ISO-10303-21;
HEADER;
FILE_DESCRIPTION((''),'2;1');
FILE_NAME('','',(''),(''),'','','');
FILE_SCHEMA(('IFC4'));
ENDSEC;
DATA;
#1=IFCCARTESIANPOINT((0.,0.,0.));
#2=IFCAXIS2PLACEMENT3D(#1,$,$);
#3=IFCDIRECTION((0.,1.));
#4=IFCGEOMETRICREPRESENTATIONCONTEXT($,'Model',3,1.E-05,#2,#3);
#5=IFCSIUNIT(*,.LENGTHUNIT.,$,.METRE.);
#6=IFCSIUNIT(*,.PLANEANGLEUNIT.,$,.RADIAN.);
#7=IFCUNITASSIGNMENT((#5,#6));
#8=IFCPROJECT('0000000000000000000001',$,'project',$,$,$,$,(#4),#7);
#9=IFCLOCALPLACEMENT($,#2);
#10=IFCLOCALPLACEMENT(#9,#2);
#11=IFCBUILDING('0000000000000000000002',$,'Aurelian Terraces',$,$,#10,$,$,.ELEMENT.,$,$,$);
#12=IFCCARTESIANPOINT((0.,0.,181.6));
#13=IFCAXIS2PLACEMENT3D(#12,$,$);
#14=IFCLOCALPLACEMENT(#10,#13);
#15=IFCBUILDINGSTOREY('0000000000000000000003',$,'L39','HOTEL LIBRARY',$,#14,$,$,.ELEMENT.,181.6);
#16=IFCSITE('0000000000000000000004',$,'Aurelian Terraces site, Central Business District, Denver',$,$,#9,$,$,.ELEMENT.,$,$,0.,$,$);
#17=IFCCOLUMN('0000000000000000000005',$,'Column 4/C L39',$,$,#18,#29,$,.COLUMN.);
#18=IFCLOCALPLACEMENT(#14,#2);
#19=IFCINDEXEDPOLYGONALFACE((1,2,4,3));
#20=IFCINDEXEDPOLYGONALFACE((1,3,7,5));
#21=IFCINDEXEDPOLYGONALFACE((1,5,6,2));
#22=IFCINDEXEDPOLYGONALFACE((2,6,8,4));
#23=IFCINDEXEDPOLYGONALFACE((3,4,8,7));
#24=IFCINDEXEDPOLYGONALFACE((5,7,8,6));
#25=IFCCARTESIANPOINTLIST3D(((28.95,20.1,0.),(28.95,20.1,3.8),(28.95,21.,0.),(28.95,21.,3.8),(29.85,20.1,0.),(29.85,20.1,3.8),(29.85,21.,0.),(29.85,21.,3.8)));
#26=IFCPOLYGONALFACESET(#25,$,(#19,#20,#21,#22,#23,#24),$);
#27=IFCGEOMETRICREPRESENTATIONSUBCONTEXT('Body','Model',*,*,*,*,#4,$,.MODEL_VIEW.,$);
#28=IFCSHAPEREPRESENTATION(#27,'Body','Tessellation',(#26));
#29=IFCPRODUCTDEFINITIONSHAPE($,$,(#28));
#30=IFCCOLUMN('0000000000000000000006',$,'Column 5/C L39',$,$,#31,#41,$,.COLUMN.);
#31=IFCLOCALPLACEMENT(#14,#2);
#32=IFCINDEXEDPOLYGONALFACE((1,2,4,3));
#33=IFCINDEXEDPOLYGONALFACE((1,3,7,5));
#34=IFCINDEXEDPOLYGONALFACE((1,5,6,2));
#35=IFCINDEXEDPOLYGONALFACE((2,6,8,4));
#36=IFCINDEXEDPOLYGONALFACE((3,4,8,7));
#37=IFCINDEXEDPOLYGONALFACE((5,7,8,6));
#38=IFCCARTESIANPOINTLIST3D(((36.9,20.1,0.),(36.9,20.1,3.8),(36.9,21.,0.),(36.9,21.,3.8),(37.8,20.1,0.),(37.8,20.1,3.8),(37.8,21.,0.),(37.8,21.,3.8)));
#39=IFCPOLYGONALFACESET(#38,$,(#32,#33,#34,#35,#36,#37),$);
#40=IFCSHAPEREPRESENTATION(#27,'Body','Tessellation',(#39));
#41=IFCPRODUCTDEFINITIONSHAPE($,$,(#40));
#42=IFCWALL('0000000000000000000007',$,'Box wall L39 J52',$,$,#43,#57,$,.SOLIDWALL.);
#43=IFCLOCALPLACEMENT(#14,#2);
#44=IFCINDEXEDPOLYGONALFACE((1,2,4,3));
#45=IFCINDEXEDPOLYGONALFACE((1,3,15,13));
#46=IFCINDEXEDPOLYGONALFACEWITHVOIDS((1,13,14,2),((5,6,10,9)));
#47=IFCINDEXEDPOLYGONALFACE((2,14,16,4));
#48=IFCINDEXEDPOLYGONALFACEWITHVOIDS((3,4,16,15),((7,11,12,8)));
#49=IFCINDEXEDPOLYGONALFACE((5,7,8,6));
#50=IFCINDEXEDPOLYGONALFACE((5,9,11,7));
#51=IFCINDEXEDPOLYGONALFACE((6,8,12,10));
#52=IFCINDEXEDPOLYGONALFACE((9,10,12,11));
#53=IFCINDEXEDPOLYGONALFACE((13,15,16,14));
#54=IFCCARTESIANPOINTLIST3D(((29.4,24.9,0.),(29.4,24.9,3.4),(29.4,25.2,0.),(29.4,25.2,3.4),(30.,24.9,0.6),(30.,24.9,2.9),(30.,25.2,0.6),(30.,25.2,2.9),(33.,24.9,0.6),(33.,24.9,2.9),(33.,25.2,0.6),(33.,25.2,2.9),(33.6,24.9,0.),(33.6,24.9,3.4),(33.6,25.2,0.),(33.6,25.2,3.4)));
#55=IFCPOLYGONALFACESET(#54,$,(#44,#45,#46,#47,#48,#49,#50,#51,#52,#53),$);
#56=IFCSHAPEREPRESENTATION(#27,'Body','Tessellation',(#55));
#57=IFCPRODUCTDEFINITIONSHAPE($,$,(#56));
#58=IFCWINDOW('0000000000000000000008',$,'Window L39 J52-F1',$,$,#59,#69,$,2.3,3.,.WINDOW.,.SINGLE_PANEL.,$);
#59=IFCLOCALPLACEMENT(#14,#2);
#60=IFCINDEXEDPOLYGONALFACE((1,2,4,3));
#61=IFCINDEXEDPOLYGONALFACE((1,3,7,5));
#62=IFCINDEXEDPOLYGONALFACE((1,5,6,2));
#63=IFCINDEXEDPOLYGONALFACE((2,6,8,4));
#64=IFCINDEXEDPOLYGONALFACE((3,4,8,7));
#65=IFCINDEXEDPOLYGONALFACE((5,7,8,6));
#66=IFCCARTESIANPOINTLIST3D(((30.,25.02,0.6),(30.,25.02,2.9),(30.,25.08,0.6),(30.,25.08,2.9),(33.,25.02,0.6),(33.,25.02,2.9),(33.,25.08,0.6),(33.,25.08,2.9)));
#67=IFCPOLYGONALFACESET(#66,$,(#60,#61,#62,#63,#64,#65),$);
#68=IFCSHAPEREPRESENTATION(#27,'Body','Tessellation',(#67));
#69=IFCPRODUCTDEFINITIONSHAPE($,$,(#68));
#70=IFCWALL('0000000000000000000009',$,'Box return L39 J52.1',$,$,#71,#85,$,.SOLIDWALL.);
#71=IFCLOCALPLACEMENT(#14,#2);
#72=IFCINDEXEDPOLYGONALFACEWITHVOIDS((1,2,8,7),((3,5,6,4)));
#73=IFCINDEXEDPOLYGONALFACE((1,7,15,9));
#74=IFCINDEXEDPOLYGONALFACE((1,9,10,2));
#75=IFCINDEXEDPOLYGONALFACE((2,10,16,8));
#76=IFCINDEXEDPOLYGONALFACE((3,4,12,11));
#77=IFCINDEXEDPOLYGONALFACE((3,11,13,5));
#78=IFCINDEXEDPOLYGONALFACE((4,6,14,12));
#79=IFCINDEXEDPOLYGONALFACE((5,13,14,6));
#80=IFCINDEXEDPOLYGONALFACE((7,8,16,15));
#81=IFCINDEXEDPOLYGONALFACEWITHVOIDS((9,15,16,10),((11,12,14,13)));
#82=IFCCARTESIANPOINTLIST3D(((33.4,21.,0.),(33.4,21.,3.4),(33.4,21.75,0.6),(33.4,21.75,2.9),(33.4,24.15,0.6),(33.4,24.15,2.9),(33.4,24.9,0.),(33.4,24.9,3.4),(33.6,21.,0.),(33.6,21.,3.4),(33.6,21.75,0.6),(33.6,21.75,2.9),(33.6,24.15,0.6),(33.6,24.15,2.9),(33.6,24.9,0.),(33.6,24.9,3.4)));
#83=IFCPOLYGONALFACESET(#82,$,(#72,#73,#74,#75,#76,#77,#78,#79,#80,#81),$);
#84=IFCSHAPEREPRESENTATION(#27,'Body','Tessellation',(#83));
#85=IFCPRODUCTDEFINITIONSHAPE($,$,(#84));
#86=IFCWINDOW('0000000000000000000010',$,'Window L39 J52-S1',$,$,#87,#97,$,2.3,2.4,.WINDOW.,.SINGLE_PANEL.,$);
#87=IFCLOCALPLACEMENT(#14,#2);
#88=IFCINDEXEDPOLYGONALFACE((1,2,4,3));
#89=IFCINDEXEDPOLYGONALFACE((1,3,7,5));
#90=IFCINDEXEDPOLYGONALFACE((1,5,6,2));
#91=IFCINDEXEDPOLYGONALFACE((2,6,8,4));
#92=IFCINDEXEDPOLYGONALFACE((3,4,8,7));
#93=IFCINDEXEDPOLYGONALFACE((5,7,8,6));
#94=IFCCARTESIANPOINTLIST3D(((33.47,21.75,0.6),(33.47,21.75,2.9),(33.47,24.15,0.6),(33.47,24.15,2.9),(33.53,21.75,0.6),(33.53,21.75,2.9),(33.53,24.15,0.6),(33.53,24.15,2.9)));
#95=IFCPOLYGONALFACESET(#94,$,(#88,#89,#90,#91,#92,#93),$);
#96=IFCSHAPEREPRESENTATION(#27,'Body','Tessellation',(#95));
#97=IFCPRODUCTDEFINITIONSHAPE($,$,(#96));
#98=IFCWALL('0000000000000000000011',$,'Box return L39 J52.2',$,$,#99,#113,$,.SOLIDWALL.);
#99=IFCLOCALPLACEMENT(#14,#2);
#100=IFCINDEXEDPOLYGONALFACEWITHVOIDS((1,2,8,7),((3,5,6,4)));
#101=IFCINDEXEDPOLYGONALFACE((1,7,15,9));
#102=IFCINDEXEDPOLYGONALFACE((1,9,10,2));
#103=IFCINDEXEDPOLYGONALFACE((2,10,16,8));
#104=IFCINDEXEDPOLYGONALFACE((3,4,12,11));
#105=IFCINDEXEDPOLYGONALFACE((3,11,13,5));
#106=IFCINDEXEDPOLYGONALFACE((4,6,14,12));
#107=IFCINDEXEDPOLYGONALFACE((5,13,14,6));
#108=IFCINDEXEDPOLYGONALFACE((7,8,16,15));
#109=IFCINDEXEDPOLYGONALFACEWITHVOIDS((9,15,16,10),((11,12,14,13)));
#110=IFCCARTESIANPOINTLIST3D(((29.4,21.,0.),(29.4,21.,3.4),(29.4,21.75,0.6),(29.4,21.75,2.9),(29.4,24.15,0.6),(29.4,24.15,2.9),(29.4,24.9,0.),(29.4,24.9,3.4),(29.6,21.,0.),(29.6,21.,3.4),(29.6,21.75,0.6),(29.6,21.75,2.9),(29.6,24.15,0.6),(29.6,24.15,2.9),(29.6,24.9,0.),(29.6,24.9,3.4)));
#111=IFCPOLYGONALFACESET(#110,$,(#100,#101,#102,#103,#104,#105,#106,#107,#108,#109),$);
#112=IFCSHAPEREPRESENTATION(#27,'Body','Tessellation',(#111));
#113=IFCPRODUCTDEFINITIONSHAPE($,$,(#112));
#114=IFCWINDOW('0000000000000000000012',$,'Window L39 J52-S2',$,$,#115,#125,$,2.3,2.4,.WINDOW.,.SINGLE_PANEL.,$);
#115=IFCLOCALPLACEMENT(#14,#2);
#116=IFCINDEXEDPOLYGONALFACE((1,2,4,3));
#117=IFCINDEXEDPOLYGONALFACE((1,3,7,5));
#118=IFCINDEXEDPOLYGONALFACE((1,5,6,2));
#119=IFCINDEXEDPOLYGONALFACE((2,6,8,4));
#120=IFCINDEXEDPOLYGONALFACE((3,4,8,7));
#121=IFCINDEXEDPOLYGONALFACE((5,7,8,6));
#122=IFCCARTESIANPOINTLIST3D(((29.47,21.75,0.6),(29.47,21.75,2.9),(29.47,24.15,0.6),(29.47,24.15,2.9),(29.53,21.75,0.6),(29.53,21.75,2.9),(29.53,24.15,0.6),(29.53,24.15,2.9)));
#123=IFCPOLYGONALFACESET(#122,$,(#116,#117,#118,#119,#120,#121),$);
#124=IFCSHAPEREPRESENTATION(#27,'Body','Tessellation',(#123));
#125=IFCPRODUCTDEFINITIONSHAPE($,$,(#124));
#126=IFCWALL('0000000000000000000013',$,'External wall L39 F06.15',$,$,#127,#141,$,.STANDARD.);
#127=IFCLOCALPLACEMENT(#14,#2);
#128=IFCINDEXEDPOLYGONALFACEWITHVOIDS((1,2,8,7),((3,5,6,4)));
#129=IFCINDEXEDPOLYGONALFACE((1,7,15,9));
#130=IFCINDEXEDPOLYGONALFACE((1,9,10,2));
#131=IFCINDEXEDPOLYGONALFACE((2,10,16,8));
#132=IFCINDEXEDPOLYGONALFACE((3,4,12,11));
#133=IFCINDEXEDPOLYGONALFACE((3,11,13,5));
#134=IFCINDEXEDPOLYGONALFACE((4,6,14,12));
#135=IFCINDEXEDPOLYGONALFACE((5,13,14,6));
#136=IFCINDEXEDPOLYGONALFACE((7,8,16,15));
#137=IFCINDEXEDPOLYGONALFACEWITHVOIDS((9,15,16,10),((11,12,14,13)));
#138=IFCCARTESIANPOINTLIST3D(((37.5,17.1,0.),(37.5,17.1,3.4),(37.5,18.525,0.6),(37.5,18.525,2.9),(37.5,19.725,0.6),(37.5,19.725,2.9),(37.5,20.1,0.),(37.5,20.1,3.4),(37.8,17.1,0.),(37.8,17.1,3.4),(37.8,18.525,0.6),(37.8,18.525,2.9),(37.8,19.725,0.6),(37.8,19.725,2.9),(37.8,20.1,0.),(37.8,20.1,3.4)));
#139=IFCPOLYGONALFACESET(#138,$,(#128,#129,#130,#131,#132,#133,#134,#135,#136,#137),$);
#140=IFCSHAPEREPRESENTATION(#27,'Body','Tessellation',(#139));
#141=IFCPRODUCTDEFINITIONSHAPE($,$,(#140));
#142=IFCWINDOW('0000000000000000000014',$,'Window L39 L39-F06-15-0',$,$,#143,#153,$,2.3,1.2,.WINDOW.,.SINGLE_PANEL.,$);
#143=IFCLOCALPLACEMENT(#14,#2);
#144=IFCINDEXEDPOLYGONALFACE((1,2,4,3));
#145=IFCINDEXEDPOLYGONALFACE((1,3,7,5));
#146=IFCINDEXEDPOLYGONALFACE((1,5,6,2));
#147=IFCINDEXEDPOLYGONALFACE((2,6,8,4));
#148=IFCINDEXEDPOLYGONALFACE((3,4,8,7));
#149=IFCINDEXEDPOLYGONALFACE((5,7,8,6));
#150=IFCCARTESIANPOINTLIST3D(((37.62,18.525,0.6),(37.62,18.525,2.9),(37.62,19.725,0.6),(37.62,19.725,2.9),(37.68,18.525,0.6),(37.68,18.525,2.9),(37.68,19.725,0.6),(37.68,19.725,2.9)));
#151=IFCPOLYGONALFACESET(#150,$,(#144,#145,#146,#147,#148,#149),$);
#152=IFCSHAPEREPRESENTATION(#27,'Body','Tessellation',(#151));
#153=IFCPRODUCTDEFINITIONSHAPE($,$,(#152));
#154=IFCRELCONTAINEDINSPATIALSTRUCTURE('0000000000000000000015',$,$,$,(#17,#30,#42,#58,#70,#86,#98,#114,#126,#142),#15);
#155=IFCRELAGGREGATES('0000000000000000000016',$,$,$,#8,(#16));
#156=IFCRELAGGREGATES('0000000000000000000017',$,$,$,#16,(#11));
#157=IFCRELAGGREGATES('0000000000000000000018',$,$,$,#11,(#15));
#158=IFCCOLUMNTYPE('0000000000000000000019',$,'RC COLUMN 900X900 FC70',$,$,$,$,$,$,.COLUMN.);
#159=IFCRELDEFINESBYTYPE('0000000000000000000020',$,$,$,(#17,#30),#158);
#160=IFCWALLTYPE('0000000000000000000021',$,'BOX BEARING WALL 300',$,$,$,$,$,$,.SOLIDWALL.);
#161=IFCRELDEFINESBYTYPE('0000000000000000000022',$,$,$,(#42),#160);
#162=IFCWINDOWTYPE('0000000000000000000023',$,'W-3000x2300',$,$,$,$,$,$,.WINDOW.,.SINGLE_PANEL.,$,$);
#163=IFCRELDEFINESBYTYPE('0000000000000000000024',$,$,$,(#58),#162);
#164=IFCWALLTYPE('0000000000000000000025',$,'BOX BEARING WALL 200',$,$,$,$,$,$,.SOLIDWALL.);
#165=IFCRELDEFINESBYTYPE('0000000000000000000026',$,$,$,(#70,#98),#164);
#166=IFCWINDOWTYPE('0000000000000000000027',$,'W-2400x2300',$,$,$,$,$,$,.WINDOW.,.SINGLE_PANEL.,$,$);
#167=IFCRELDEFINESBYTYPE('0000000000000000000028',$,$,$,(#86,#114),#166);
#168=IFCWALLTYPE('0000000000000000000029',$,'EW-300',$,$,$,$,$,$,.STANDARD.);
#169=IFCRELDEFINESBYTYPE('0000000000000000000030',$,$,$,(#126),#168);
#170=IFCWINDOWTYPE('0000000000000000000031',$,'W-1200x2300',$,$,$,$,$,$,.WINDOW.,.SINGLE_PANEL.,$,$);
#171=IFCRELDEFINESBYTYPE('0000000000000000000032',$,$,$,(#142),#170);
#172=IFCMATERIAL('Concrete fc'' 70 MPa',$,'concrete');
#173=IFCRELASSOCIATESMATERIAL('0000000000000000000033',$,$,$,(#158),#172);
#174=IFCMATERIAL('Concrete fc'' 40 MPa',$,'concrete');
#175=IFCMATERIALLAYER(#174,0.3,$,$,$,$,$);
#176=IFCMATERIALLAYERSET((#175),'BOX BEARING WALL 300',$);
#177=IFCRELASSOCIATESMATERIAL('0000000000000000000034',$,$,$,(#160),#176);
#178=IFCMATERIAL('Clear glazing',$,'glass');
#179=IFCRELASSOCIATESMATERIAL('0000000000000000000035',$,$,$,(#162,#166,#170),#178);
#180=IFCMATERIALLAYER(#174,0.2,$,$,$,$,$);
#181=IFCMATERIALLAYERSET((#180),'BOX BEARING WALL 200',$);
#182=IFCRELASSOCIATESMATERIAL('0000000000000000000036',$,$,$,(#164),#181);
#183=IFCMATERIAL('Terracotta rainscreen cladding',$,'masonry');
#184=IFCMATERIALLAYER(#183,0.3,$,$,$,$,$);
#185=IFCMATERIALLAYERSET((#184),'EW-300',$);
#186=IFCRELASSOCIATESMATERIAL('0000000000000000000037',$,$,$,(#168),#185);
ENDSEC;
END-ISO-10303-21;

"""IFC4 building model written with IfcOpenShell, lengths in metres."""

from ifc_helpers import new_model, si_unit, direction, frame, frame_2d, origin, origin_2d, place, context, subcontext, project, spatial, rectangle, extrude, source, transform, mapped, material, layer, layer_set, material_profile, profile_set, type_object, element, fill, save


model = new_model("IFC4")

# Units and contexts
model_context = context("Model", 3, precision=1e-05, world=origin(), true_north=direction((0.0, 1.0)))
body_context = subcontext(model_context, "Body", "Model", "MODEL_VIEW")
ifc_project = project(units=[si_unit("LENGTHUNIT", "METRE"), si_unit("PLANEANGLEUNIT", "RADIAN")], contexts=[model_context])

# Site, building, storey
site_placement = place(None, origin())
site = spatial("IfcSite", under=ifc_project, at=site_placement, Name="Aurelian Terraces site, Central Business District, Denver", CompositionType="ELEMENT", RefElevation=0.0)
building_placement = place(site_placement, origin())
building = spatial("IfcBuilding", under=site, at=building_placement, Name="Aurelian Terraces", CompositionType="ELEMENT")
storey_placement = place(building_placement, frame((0.0, 0.0, 181.6)))
storey = spatial("IfcBuildingStorey", under=building, at=storey_placement, Name="L39", Description="HOTEL LIBRARY", CompositionType="ELEMENT", Elevation=181.6)

# Columns
ifc_material_1 = material(Name="Concrete fc' 70 MPa", Category="concrete")
ifc_material_profile = material_profile(ifc_material_1, rectangle(XDim=0.9, YDim=0.9, at=origin_2d()))
ifc_profile_set = profile_set([ifc_material_profile], Name="Concrete fc' 70 MPa")
column_type = type_object("IfcColumnType", Name="RC COLUMN 900X900 FC70", PredefinedType="COLUMN", material=ifc_profile_set)
shared_shape_1 = source(origin(), body_context, "Body", "SweptSolid", [
    extrude(rectangle(XDim=0.9, YDim=0.9, at=origin_2d()), origin(), (0.0, 0.0, 1.0), 3.8),
])
for number, where, z_axis, x_axis, name in (
    (1, (29.4, 20.55, 0.0), (0.0, 0.0, 1.0), (1.0, 0.0, 0.0), "Column 4/C L39"),
    (2, (37.35, 20.55, 0.0), (0.0, 0.0, 1.0), (1.0, 0.0, 0.0), "Column 5/C L39"),
):
    element("IfcColumn", number, at=place(storey_placement, frame(where, z_axis=z_axis, x_axis=x_axis)), inside=storey, type_object=column_type, Name=name, PredefinedType="COLUMN", context=body_context, shape_type="MappedRepresentation", body=[
        mapped(shared_shape_1, transform((0.0, 0.0, 0.0), scale=1.0)),
    ])

# Walls, openings, windows
ifc_material_2 = material(Name="Concrete fc' 40 MPa", Category="concrete")
ifc_layer_1 = layer(ifc_material_2, 0.3)
ifc_layer_set_1 = layer_set([ifc_layer_1], Name="BOX BEARING WALL 300")
wall_type_1 = type_object("IfcWallType", Name="BOX BEARING WALL 300", PredefinedType="SOLIDWALL", material=ifc_layer_set_1)
wall_1_placement = place(storey_placement, frame((33.6, 25.05, 0.0), z_axis=(0.0, 0.0, 1.0), x_axis=(-1.0, 0.0, 0.0)))
wall_1 = element("IfcWall", 3, at=wall_1_placement, inside=storey, type_object=wall_type_1, Name="Box wall L39 J52", PredefinedType="SOLIDWALL", context=body_context, shape_type="SweptSolid", body=[
    extrude(rectangle(XDim=4.2, YDim=0.3, at=frame_2d((2.1, 0.0))), origin(), (0.0, 0.0, 1.0), 3.4),
])
shared_shape_2 = source(origin(), body_context, "Body", "SweptSolid", [
    extrude(rectangle(XDim=3.0, YDim=2.3, at=frame_2d((1.5, 1.15))), frame((0.0, 0.16, 0.0), z_axis=(0.0, -1.0, 0.0), x_axis=(1.0, 0.0, 0.0)), (0.0, 0.0, 1.0), 0.32),
])
opening_1_placement = place(wall_1_placement, frame((0.6, 0.0, 0.6)))
opening_1 = element("IfcOpeningElement", 4, at=opening_1_placement, cuts=wall_1, PredefinedType="OPENING", context=body_context, shape_type="MappedRepresentation", body=[
    mapped(shared_shape_2, transform((0.0, 0.0, 0.0), scale=1.0)),
])
ifc_material_3 = material(Name="Clear glazing", Category="glass")
window_type_1 = type_object("IfcWindowType", Name="W-3000x2300", PartitioningType="SINGLE_PANEL", PredefinedType="WINDOW", material=ifc_material_3)
shared_shape_3 = source(origin(), body_context, "Body", "SweptSolid", [
    extrude(rectangle(XDim=3.0, YDim=2.3, at=frame_2d((1.5, 1.15))), frame((0.0, 0.03, 0.0), z_axis=(0.0, -1.0, 0.0), x_axis=(1.0, 0.0, 0.0)), (0.0, 0.0, 1.0), 0.06),
])
window_1_placement = place(opening_1_placement, origin())
window_1 = element("IfcWindow", 5, at=window_1_placement, inside=storey, type_object=window_type_1, Name="Window L39 J52-F1", OverallHeight=2.3, OverallWidth=3.0, PartitioningType="SINGLE_PANEL", PredefinedType="WINDOW", context=body_context, shape_type="MappedRepresentation", body=[
    mapped(shared_shape_3, transform((0.0, 0.0, 0.0), scale=1.0)),
])
fill(opening_1, window_1)
ifc_layer_2 = layer(ifc_material_2, 0.2)
ifc_layer_set_2 = layer_set([ifc_layer_2], Name="BOX BEARING WALL 200")
wall_type_2 = type_object("IfcWallType", Name="BOX BEARING WALL 200", PredefinedType="SOLIDWALL", material=ifc_layer_set_2)
shared_shape_4 = source(origin(), body_context, "Body", "SweptSolid", [
    extrude(rectangle(XDim=3.9, YDim=0.2, at=frame_2d((1.95, 0.0))), origin(), (0.0, 0.0, 1.0), 3.4),
])
wall_2_placement = place(storey_placement, frame((33.5, 21.0, 0.0), z_axis=(0.0, 0.0, 1.0), x_axis=(0.0, 1.0, 0.0)))
wall_2 = element("IfcWall", 6, at=wall_2_placement, inside=storey, type_object=wall_type_2, Name="Box return L39 J52.1", PredefinedType="SOLIDWALL", context=body_context, shape_type="MappedRepresentation", body=[
    mapped(shared_shape_4, transform((0.0, 0.0, 0.0), scale=1.0)),
])
shared_shape_5 = source(origin(), body_context, "Body", "SweptSolid", [
    extrude(rectangle(XDim=2.4, YDim=2.3, at=frame_2d((1.2, 1.15))), frame((0.0, 0.11, 0.0), z_axis=(0.0, -1.0, 0.0), x_axis=(1.0, 0.0, 0.0)), (0.0, 0.0, 1.0), 0.22),
])
opening_2_placement = place(wall_2_placement, frame((0.75, 0.0, 0.6)))
opening_2 = element("IfcOpeningElement", 7, at=opening_2_placement, cuts=wall_2, PredefinedType="OPENING", context=body_context, shape_type="MappedRepresentation", body=[
    mapped(shared_shape_5, transform((0.0, 0.0, 0.0), scale=1.0)),
])
window_type_2 = type_object("IfcWindowType", Name="W-2400x2300", PartitioningType="SINGLE_PANEL", PredefinedType="WINDOW", material=ifc_material_3)
shared_shape_6 = source(origin(), body_context, "Body", "SweptSolid", [
    extrude(rectangle(XDim=2.4, YDim=2.3, at=frame_2d((1.2, 1.15))), frame((0.0, 0.03, 0.0), z_axis=(0.0, -1.0, 0.0), x_axis=(1.0, 0.0, 0.0)), (0.0, 0.0, 1.0), 0.06),
])
window_2_placement = place(opening_2_placement, origin())
window_2 = element("IfcWindow", 8, at=window_2_placement, inside=storey, type_object=window_type_2, Name="Window L39 J52-S1", OverallHeight=2.3, OverallWidth=2.4, PartitioningType="SINGLE_PANEL", PredefinedType="WINDOW", context=body_context, shape_type="MappedRepresentation", body=[
    mapped(shared_shape_6, transform((0.0, 0.0, 0.0), scale=1.0)),
])
fill(opening_2, window_2)
wall_3_placement = place(storey_placement, frame((29.5, 21.0, 0.0), z_axis=(0.0, 0.0, 1.0), x_axis=(0.0, 1.0, 0.0)))
wall_3 = element("IfcWall", 9, at=wall_3_placement, inside=storey, type_object=wall_type_2, Name="Box return L39 J52.2", PredefinedType="SOLIDWALL", context=body_context, shape_type="MappedRepresentation", body=[
    mapped(shared_shape_4, transform((0.0, 0.0, 0.0), scale=1.0)),
])
opening_3_placement = place(wall_3_placement, frame((0.75, 0.0, 0.6)))
opening_3 = element("IfcOpeningElement", 10, at=opening_3_placement, cuts=wall_3, PredefinedType="OPENING", context=body_context, shape_type="MappedRepresentation", body=[
    mapped(shared_shape_5, transform((0.0, 0.0, 0.0), scale=1.0)),
])
window_3_placement = place(opening_3_placement, origin())
window_3 = element("IfcWindow", 11, at=window_3_placement, inside=storey, type_object=window_type_2, Name="Window L39 J52-S2", OverallHeight=2.3, OverallWidth=2.4, PartitioningType="SINGLE_PANEL", PredefinedType="WINDOW", context=body_context, shape_type="MappedRepresentation", body=[
    mapped(shared_shape_6, transform((0.0, 0.0, 0.0), scale=1.0)),
])
fill(opening_3, window_3)
ifc_material_4 = material(Name="Terracotta rainscreen cladding", Category="masonry")
ifc_layer_3 = layer(ifc_material_4, 0.3)
ifc_layer_set_3 = layer_set([ifc_layer_3], Name="EW-300")
wall_type_3 = type_object("IfcWallType", Name="EW-300", PredefinedType="STANDARD", material=ifc_layer_set_3)
shared_shape_7 = source(origin(), body_context, "Body", "SweptSolid", [
    extrude(rectangle(XDim=3.0, YDim=0.3, at=frame_2d((1.5, 0.0))), origin(), (0.0, 0.0, 1.0), 3.4),
])
wall_4_placement = place(storey_placement, frame((37.65, 17.1, 0.0), z_axis=(0.0, 0.0, 1.0), x_axis=(0.0, 1.0, 0.0)))
wall_4 = element("IfcWall", 12, at=wall_4_placement, inside=storey, type_object=wall_type_3, Name="External wall L39 F06.15", PredefinedType="STANDARD", context=body_context, shape_type="MappedRepresentation", body=[
    mapped(shared_shape_7, transform((0.0, 0.0, 0.0), scale=1.0)),
])
shared_shape_8 = source(origin(), body_context, "Body", "SweptSolid", [
    extrude(rectangle(XDim=1.2, YDim=2.3, at=frame_2d((0.6, 1.15))), frame((0.0, 0.16, 0.0), z_axis=(0.0, -1.0, 0.0), x_axis=(1.0, 0.0, 0.0)), (0.0, 0.0, 1.0), 0.32),
])
opening_4_placement = place(wall_4_placement, frame((1.425, 0.0, 0.6)))
opening_4 = element("IfcOpeningElement", 13, at=opening_4_placement, cuts=wall_4, PredefinedType="OPENING", context=body_context, shape_type="MappedRepresentation", body=[
    mapped(shared_shape_8, transform((0.0, 0.0, 0.0), scale=1.0)),
])
window_type_3 = type_object("IfcWindowType", Name="W-1200x2300", PartitioningType="SINGLE_PANEL", PredefinedType="WINDOW", material=ifc_material_3)
shared_shape_9 = source(origin(), body_context, "Body", "SweptSolid", [
    extrude(rectangle(XDim=1.2, YDim=2.3, at=frame_2d((0.6, 1.15))), frame((0.0, 0.03, 0.0), z_axis=(0.0, -1.0, 0.0), x_axis=(1.0, 0.0, 0.0)), (0.0, 0.0, 1.0), 0.06),
])
window_4_placement = place(opening_4_placement, origin())
window_4 = element("IfcWindow", 14, at=window_4_placement, inside=storey, type_object=window_type_3, Name="Window L39 L39-F06-15-0", OverallHeight=2.3, OverallWidth=1.2, PartitioningType="SINGLE_PANEL", PredefinedType="WINDOW", context=body_context, shape_type="MappedRepresentation", body=[
    mapped(shared_shape_9, transform((0.0, 0.0, 0.0), scale=1.0)),
])
fill(opening_4, window_4)

save(model, "model.ifc")
